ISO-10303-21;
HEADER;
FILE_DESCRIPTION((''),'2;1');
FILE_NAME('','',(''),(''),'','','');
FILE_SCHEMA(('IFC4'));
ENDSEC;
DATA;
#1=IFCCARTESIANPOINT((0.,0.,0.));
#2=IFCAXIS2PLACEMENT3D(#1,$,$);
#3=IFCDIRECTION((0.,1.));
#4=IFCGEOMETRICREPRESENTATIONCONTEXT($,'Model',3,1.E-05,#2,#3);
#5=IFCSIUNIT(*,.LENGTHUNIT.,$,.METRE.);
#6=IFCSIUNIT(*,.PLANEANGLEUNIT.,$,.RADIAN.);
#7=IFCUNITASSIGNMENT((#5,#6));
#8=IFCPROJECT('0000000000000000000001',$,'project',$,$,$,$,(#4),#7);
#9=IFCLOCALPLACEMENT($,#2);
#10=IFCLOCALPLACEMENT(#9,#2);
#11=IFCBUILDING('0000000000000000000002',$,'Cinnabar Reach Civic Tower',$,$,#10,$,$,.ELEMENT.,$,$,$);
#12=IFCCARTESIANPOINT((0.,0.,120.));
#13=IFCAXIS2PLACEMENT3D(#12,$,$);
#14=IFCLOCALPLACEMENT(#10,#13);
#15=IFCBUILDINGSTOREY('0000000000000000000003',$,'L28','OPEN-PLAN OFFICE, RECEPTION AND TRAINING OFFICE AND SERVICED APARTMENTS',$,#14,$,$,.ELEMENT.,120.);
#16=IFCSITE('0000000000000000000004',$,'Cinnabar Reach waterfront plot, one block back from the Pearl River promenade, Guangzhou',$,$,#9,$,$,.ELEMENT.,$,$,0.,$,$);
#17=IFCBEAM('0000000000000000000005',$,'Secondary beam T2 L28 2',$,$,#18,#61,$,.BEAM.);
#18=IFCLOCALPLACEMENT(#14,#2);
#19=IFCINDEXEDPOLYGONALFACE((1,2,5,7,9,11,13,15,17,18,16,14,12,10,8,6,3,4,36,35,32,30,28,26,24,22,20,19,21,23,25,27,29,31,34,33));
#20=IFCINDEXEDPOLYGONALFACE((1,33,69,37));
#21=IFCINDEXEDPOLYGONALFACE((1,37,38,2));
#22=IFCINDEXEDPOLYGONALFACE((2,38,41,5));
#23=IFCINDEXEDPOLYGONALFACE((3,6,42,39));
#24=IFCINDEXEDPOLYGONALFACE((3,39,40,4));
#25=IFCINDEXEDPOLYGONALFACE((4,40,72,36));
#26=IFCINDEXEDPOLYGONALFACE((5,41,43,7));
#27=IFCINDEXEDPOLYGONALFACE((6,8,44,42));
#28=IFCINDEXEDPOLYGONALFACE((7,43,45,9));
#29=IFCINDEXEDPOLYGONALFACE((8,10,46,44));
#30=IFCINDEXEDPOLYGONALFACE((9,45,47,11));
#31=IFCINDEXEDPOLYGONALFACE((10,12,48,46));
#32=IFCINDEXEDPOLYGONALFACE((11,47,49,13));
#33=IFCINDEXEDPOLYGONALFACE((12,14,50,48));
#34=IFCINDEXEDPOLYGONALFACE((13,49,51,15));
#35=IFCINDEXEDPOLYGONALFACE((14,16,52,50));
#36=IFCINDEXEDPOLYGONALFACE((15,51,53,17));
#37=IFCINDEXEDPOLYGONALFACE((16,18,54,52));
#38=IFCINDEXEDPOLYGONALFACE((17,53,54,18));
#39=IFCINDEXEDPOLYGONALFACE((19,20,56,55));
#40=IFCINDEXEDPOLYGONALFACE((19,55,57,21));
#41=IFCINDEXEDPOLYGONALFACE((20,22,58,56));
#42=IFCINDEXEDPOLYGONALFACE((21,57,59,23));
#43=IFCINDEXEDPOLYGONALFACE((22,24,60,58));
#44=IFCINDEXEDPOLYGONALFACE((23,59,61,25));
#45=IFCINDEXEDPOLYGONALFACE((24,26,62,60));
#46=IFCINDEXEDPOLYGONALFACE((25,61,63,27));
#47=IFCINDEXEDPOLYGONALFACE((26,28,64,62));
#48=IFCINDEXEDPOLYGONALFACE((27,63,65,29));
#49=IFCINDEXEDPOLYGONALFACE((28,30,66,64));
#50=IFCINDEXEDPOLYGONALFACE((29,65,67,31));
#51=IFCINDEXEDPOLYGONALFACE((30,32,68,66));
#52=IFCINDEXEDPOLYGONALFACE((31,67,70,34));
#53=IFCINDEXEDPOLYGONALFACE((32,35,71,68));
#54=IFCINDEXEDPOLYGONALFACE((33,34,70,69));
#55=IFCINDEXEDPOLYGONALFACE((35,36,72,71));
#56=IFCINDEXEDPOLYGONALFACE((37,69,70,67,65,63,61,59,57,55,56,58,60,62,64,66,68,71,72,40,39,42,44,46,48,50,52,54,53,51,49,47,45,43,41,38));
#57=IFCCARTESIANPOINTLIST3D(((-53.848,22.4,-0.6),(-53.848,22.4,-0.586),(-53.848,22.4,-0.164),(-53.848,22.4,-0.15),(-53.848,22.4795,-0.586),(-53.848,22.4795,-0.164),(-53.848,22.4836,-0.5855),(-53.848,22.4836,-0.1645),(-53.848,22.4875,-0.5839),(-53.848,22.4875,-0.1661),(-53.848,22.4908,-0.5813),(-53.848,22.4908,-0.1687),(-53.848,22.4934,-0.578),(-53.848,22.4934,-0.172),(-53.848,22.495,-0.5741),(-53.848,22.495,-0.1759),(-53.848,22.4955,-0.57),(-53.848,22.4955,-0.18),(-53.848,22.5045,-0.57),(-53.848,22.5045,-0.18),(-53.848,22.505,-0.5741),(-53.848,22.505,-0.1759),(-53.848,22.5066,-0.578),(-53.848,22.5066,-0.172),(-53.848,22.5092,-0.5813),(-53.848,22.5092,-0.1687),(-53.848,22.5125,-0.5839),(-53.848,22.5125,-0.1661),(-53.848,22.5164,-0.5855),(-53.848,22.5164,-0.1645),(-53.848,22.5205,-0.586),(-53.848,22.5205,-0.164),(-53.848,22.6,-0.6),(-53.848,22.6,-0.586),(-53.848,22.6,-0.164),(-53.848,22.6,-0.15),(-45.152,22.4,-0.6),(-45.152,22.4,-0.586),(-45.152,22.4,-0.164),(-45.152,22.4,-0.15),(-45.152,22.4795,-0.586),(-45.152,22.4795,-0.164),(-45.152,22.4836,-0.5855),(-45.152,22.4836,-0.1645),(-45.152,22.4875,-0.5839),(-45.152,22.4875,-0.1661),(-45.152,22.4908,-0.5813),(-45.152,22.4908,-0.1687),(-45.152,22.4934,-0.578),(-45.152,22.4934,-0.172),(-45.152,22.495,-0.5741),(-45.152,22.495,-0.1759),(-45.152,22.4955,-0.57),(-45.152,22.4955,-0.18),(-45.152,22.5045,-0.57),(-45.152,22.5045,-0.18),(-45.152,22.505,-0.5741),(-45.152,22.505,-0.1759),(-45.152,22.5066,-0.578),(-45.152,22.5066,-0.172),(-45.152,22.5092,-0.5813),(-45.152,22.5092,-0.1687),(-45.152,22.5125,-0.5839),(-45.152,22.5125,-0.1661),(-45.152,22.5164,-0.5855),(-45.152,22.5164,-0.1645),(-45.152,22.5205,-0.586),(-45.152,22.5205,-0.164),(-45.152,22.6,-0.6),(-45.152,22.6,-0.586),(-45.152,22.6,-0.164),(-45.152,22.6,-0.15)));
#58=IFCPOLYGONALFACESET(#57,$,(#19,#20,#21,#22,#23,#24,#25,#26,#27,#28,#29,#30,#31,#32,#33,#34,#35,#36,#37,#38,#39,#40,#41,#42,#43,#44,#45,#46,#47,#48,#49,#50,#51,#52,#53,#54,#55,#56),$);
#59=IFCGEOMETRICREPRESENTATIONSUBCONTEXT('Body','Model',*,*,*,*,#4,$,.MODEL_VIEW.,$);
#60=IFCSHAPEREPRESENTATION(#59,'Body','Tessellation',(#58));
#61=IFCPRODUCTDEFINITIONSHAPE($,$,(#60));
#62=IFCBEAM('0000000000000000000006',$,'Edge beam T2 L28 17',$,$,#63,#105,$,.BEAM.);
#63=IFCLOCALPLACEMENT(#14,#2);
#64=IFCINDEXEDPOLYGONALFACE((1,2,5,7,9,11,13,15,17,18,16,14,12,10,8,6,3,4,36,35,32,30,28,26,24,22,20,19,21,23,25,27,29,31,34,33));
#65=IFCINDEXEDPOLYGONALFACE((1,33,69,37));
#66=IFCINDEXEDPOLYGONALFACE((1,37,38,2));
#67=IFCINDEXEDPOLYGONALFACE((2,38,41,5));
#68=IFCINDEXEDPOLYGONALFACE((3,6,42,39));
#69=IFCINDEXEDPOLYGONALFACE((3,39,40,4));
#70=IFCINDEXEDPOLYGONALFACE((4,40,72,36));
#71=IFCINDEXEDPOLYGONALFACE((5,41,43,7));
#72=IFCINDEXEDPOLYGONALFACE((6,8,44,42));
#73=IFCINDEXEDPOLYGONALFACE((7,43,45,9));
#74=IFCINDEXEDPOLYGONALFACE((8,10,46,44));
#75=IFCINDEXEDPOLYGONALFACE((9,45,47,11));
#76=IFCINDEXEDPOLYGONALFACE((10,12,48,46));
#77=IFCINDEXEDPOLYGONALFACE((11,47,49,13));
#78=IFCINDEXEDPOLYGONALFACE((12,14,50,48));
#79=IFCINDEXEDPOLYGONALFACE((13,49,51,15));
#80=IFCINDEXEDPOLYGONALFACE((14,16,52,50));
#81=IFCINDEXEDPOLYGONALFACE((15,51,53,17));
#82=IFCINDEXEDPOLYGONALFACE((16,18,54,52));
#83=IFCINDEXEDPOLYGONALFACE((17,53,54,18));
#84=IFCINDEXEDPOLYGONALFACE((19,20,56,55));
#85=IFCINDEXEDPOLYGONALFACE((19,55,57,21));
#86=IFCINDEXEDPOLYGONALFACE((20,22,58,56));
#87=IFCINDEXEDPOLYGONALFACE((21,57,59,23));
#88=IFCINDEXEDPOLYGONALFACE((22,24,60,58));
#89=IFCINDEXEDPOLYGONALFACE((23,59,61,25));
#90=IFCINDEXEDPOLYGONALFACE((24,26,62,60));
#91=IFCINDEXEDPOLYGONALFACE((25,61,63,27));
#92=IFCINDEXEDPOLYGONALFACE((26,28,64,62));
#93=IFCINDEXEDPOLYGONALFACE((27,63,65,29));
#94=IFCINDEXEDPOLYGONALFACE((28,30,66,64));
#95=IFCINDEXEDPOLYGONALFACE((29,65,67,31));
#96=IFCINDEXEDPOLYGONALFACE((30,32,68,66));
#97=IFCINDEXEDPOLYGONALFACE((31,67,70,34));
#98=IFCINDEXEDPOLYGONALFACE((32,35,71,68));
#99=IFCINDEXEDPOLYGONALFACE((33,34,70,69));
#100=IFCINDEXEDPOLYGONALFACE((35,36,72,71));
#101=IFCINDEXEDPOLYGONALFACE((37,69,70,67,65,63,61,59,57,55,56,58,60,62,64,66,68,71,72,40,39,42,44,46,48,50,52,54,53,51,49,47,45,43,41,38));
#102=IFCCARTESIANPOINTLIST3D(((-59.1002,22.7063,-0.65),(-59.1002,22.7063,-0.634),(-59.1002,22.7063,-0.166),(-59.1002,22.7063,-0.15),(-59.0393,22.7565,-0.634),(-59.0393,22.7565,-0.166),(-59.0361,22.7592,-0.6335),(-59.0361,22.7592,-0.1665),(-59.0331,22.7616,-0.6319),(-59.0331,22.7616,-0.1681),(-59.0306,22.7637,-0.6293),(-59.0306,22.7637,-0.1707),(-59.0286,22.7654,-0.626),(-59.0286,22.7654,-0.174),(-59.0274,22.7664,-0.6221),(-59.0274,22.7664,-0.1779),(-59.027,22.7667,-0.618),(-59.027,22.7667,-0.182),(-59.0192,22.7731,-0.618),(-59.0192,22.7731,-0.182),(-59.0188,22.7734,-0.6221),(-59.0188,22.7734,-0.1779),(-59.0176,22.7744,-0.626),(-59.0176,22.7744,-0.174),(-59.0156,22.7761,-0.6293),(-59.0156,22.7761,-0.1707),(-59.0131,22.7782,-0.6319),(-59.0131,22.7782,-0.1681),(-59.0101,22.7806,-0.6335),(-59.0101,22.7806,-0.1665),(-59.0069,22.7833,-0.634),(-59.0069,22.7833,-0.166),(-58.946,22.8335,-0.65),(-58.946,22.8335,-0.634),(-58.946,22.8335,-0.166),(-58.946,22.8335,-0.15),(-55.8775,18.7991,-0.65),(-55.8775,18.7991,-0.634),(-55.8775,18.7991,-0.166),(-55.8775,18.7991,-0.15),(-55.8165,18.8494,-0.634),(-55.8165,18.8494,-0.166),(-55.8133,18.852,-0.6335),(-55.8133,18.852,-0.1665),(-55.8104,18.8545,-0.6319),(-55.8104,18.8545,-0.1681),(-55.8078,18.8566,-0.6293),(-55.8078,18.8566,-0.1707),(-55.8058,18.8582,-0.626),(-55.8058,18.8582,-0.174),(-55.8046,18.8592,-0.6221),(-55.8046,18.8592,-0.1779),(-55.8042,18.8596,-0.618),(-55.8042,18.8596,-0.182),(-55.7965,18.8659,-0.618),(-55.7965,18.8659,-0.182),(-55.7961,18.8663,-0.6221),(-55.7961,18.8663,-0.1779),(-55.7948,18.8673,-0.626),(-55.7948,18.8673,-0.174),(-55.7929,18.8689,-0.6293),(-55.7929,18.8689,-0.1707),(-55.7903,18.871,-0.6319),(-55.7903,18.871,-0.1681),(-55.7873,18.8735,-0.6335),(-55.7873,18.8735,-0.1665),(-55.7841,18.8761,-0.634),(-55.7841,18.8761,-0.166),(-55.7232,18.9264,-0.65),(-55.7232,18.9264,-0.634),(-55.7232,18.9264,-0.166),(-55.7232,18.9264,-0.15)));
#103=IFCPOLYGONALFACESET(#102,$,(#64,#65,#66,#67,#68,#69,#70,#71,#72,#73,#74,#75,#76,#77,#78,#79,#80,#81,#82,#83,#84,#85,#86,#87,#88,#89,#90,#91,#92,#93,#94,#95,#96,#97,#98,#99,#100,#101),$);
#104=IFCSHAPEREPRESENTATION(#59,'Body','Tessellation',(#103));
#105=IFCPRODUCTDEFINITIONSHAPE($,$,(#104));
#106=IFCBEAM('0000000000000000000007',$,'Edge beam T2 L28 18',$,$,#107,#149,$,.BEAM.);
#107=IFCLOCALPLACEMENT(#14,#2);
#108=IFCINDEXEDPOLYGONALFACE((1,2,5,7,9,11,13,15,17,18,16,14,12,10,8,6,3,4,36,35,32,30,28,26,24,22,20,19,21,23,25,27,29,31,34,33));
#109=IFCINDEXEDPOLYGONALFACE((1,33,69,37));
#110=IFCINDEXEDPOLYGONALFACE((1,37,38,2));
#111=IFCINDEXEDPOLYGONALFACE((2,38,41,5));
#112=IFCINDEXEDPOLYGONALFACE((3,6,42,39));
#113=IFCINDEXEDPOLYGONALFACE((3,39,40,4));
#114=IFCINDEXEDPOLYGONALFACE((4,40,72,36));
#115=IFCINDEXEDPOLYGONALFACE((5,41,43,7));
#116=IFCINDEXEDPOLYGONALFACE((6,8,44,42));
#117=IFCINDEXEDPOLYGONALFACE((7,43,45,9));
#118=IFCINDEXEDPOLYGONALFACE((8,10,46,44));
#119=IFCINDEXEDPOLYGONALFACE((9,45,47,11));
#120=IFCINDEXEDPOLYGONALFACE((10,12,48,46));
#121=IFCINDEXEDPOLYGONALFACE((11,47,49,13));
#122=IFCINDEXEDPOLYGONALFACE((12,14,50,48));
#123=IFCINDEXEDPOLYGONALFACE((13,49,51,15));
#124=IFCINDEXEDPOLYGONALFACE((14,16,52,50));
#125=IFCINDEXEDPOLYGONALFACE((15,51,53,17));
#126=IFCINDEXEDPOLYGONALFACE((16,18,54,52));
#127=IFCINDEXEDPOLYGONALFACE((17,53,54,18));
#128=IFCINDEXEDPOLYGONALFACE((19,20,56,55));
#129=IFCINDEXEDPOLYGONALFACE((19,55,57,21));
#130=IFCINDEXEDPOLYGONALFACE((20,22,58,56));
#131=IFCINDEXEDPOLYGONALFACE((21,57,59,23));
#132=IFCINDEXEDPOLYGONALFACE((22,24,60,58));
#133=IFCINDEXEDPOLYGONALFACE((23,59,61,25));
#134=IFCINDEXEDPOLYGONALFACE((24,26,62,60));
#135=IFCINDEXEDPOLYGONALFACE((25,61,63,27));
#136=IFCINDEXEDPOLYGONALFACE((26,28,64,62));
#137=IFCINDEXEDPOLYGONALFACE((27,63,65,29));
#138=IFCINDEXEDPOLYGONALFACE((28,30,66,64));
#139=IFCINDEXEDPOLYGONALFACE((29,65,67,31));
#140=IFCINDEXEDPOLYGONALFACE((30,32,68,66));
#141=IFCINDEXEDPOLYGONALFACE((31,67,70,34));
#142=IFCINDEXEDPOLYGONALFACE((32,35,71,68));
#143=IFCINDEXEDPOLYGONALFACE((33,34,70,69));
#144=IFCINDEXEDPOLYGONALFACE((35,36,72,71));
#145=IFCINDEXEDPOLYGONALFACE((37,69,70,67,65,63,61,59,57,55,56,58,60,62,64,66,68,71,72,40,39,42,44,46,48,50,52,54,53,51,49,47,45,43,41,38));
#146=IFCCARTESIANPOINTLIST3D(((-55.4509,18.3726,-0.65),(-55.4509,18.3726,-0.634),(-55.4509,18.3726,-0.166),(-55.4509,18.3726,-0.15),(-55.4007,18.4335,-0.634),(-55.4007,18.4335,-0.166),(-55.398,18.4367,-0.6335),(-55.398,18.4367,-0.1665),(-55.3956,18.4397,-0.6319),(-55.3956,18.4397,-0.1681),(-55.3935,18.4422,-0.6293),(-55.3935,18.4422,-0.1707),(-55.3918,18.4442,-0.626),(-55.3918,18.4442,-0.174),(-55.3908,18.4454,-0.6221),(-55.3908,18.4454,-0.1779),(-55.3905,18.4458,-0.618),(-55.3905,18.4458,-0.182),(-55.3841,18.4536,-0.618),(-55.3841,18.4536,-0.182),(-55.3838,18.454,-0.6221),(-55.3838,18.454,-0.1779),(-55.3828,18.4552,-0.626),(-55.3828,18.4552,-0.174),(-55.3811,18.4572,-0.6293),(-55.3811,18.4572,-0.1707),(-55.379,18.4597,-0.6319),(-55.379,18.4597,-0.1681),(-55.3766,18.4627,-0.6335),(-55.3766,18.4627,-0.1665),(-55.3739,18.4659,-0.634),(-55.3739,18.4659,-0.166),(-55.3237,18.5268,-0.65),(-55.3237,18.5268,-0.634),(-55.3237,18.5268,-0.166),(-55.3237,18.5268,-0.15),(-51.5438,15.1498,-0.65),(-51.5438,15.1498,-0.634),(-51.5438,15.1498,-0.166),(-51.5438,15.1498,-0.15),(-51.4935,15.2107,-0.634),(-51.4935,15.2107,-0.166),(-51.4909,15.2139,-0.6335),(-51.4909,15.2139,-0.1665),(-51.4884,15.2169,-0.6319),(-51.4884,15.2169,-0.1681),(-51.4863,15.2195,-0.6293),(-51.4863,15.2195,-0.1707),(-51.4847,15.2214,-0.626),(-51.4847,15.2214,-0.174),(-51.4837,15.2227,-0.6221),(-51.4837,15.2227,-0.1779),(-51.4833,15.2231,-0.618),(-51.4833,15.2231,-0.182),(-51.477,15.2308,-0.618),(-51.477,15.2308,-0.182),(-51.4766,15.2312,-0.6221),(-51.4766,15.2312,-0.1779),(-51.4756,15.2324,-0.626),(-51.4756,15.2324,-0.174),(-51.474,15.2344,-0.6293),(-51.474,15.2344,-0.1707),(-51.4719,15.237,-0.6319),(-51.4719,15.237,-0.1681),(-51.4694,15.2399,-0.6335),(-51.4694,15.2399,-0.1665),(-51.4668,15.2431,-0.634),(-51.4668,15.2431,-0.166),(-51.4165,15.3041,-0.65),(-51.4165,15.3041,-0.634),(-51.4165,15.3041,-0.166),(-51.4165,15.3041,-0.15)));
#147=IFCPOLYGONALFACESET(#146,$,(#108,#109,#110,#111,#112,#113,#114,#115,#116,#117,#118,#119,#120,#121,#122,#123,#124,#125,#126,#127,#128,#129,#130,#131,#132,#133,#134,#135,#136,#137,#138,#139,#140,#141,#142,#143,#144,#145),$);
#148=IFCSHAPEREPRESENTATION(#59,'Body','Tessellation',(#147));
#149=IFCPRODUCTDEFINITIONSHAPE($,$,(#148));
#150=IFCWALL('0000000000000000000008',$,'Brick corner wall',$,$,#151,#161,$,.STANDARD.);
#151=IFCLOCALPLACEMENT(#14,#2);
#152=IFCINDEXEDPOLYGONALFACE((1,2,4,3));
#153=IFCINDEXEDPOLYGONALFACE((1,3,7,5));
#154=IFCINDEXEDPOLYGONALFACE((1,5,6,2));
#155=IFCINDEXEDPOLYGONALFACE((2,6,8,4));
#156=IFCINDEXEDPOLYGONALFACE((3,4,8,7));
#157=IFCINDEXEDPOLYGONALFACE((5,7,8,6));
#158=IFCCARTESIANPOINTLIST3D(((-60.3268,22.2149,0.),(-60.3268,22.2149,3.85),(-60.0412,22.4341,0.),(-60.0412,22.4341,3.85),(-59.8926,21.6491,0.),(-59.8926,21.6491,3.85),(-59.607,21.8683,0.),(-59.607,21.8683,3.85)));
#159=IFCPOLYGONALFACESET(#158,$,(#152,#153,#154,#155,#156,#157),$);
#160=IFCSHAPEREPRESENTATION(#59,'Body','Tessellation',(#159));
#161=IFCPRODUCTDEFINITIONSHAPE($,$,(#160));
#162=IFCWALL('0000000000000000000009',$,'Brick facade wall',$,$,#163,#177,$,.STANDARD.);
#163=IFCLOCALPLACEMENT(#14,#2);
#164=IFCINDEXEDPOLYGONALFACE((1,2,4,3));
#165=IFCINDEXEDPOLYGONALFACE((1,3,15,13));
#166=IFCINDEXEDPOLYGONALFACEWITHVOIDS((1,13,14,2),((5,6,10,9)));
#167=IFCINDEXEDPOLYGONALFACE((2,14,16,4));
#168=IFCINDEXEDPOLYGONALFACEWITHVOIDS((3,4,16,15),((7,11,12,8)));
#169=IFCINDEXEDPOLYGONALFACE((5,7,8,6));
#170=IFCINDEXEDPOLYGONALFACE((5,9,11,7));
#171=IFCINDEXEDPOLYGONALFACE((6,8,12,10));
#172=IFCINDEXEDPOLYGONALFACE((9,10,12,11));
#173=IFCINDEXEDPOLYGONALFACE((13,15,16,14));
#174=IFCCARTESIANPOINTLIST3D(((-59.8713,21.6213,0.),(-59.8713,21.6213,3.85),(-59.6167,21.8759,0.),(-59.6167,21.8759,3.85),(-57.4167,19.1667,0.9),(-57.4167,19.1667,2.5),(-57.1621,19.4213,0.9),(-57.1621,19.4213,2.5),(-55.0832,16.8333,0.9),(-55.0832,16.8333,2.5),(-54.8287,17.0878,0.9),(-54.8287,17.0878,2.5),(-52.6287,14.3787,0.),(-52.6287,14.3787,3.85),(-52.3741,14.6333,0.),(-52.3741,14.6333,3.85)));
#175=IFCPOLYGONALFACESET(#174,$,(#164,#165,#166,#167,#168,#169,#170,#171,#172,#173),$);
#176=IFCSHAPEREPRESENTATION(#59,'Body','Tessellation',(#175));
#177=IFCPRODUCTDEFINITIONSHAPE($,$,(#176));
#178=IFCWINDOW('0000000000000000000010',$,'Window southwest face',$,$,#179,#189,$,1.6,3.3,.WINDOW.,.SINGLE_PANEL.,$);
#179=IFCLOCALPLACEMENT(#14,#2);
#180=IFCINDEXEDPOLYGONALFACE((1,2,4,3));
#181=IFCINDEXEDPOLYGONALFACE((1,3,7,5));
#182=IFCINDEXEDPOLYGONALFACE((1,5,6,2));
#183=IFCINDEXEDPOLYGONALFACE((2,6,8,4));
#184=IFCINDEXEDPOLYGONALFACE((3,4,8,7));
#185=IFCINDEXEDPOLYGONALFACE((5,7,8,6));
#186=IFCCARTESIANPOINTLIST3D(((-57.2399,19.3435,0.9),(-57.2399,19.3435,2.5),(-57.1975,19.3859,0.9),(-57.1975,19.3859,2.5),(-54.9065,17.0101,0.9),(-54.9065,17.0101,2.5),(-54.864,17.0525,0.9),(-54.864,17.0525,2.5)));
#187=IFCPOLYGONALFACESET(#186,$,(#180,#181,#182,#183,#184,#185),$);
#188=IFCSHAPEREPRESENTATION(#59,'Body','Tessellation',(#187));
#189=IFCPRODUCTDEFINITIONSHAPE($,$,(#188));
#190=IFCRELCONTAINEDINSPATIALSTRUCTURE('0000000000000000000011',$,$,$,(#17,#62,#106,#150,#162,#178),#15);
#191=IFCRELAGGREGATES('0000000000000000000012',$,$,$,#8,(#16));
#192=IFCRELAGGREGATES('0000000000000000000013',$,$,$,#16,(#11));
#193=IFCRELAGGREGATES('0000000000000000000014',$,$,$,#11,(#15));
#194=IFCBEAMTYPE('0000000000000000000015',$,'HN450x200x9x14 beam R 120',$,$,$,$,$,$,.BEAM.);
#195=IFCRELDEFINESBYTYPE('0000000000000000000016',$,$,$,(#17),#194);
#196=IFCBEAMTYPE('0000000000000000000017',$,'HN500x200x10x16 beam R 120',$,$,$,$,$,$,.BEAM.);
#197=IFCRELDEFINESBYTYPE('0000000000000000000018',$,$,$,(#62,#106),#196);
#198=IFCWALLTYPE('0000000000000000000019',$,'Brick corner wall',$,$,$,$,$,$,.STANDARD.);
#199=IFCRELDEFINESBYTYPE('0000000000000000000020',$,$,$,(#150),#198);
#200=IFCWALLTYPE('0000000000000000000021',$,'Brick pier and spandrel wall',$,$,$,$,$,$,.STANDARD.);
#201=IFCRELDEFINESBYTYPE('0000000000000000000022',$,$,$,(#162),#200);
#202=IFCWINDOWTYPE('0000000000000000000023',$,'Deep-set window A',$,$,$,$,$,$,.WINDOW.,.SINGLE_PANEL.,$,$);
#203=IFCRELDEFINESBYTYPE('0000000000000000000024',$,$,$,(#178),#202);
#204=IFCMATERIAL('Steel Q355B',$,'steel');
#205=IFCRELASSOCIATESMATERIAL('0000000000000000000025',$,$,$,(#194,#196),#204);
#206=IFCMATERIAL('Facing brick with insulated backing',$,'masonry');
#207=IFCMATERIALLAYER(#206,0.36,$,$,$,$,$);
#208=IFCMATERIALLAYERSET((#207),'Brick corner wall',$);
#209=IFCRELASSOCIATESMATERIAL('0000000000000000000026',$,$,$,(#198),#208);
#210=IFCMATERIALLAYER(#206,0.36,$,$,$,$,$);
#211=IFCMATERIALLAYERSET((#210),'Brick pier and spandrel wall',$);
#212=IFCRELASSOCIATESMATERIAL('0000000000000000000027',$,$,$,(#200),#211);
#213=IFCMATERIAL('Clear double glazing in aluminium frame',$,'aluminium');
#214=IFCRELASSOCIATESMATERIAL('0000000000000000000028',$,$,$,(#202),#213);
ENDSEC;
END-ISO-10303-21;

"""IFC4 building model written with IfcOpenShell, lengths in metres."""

from ifc_helpers import new_model, si_unit, direction, frame, frame_2d, origin, origin_2d, place, context, subcontext, project, spatial, rectangle, i_section, extrude, material, layer, layer_set, material_profile, profile_set, type_object, element, fill, save


model = new_model("IFC4")

# Units and contexts
model_context = context("Model", 3, precision=1e-05, world=origin(), true_north=direction((0.0, 1.0)))
body_context = subcontext(model_context, "Body", "Model", "MODEL_VIEW")
ifc_project = project(units=[si_unit("LENGTHUNIT", "METRE"), si_unit("PLANEANGLEUNIT", "RADIAN")], contexts=[model_context])

# Site, building, storey
site_placement = place(None, origin())
site = spatial("IfcSite", under=ifc_project, at=site_placement, Name="Cinnabar Reach waterfront plot, one block back from the Pearl River promenade, Guangzhou", CompositionType="ELEMENT", RefElevation=0.0)
building_placement = place(site_placement, origin())
building = spatial("IfcBuilding", under=site, at=building_placement, Name="Cinnabar Reach Civic Tower", CompositionType="ELEMENT")
storey_placement = place(building_placement, frame((0.0, 0.0, 120.0)))
storey = spatial("IfcBuildingStorey", under=building, at=storey_placement, Name="L28", Description="OPEN-PLAN OFFICE, RECEPTION AND TRAINING OFFICE AND SERVICED APARTMENTS", CompositionType="ELEMENT", Elevation=120.0)

# Beams
ifc_material_1 = material(Name="Steel Q355B", Category="steel")
ifc_material_profile_1 = material_profile(ifc_material_1, i_section(OverallWidth=0.2, OverallDepth=0.45, WebThickness=0.009, FlangeThickness=0.014, FilletRadius=0.016, at=origin_2d()), Name="HN450x200x9x14")
ifc_profile_set_1 = profile_set([ifc_material_profile_1], Name="Steel Q355B")
beam_type_1 = type_object("IfcBeamType", Name="HN450x200x9x14 beam R 120", PredefinedType="BEAM", material=ifc_profile_set_1)
beam_1_placement = place(storey_placement, frame((-53.848, 22.5, -0.375), z_axis=(1.0, 0.0, 0.0), x_axis=(0.0, 1.0, 0.0)))
element("IfcBeam", 1, at=beam_1_placement, inside=storey, type_object=beam_type_1, Name="Secondary beam T2 L28 2", PredefinedType="BEAM", context=body_context, shape_type="SweptSolid", body=[
    extrude(i_section(OverallWidth=0.2, OverallDepth=0.45, WebThickness=0.009, FlangeThickness=0.014, FilletRadius=0.016, at=origin_2d()), origin(), (0.0, 0.0, 1.0), 8.696),
])
ifc_material_profile_2 = material_profile(ifc_material_1, i_section(OverallWidth=0.2, OverallDepth=0.5, WebThickness=0.01, FlangeThickness=0.016, FilletRadius=0.016, at=origin_2d()), Name="HN500x200x10x16")
ifc_profile_set_2 = profile_set([ifc_material_profile_2], Name="Steel Q355B")
beam_type_2 = type_object("IfcBeamType", Name="HN500x200x10x16 beam R 120", PredefinedType="BEAM", material=ifc_profile_set_2)
for number, where, z_axis, x_axis, name in (
    (2, (-59.0231, 22.7699, -0.4), (0.636308, -0.771435, 0.0), (0.771435, 0.636308, 0.0), "Edge beam T2 L28 17"),
    (3, (-55.3873, 18.4497, -0.4), (0.771435, -0.636308, 0.0), (0.636308, 0.771435, 0.0), "Edge beam T2 L28 18"),
):
    element("IfcBeam", number, at=place(storey_placement, frame(where, z_axis=z_axis, x_axis=x_axis)), inside=storey, type_object=beam_type_2, Name=name, PredefinedType="BEAM", context=body_context, shape_type="SweptSolid", body=[
        extrude(i_section(OverallWidth=0.2, OverallDepth=0.5, WebThickness=0.01, FlangeThickness=0.016, FilletRadius=0.016, at=origin_2d()), origin(), (0.0, 0.0, 1.0), 5.0648),
    ])

# Wall
ifc_material_2 = material(Name="Facing brick with insulated backing", Category="masonry")
ifc_layer_1 = layer(ifc_material_2, 0.36)
ifc_layer_set_1 = layer_set([ifc_layer_1], Name="Brick corner wall")
wall_type_1 = type_object("IfcWallType", Name="Brick corner wall", PredefinedType="STANDARD", material=ifc_layer_set_1)
wall_1_placement = place(storey_placement, frame((-60.184, 22.3245, 0.0), z_axis=(0.0, 0.0, 1.0), x_axis=(0.608802, -0.793322, 0.0)))
element("IfcWall", 4, at=wall_1_placement, inside=storey, type_object=wall_type_1, Name="Brick corner wall", PredefinedType="STANDARD", context=body_context, shape_type="SweptSolid", body=[
    extrude(rectangle(XDim=0.7132, YDim=0.36, at=frame_2d((0.3566, 0.0))), origin(), (0.0, 0.0, 1.0), 3.85),
])

# Wall, opening, window
ifc_layer_2 = layer(ifc_material_2, 0.36)
ifc_layer_set_2 = layer_set([ifc_layer_2], Name="Brick pier and spandrel wall")
wall_type_2 = type_object("IfcWallType", Name="Brick pier and spandrel wall", PredefinedType="STANDARD", material=ifc_layer_set_2)
wall_2_placement = place(storey_placement, frame((-59.744, 21.7486, 0.0), z_axis=(0.0, 0.0, 1.0), x_axis=(0.707107, -0.707107, 0.0)))
wall_2 = element("IfcWall", 5, at=wall_2_placement, inside=storey, type_object=wall_type_2, Name="Brick facade wall", PredefinedType="STANDARD", context=body_context, shape_type="SweptSolid", body=[
    extrude(rectangle(XDim=10.2426, YDim=0.36, at=frame_2d((5.1213, 0.0))), origin(), (0.0, 0.0, 1.0), 3.85),
])
opening_1_placement = place(wall_2_placement, frame((3.4713, 0.0, 0.9)))
opening_1 = element("IfcOpeningElement", 6, at=opening_1_placement, cuts=wall_2, PredefinedType="OPENING", context=body_context, shape_type="SweptSolid", body=[
    extrude(rectangle(XDim=3.3, YDim=1.6, at=frame_2d((1.65, 0.8))), frame((0.0, 0.19, 0.0), z_axis=(0.0, -1.0, 0.0), x_axis=(1.0, 0.0, 0.0)), (0.0, 0.0, 1.0), 0.38),
])
ifc_material_3 = material(Name="Clear double glazing in aluminium frame", Category="aluminium")
window_type = type_object("IfcWindowType", Name="Deep-set window A", PartitioningType="SINGLE_PANEL", PredefinedType="WINDOW", material=ifc_material_3)
window_placement = place(opening_1_placement, origin())
window = element("IfcWindow", 7, at=window_placement, inside=storey, type_object=window_type, Name="Window southwest face", OverallHeight=1.6, OverallWidth=3.3, PartitioningType="SINGLE_PANEL", PredefinedType="WINDOW", context=body_context, shape_type="SweptSolid", body=[
    extrude(rectangle(XDim=3.3, YDim=1.6, at=frame_2d((1.65, 0.8))), frame((0.0, 0.13, 0.0), z_axis=(0.0, -1.0, 0.0), x_axis=(1.0, 0.0, 0.0)), (0.0, 0.0, 1.0), 0.06),
])
fill(opening_1, window)

save(model, "model.ifc")
